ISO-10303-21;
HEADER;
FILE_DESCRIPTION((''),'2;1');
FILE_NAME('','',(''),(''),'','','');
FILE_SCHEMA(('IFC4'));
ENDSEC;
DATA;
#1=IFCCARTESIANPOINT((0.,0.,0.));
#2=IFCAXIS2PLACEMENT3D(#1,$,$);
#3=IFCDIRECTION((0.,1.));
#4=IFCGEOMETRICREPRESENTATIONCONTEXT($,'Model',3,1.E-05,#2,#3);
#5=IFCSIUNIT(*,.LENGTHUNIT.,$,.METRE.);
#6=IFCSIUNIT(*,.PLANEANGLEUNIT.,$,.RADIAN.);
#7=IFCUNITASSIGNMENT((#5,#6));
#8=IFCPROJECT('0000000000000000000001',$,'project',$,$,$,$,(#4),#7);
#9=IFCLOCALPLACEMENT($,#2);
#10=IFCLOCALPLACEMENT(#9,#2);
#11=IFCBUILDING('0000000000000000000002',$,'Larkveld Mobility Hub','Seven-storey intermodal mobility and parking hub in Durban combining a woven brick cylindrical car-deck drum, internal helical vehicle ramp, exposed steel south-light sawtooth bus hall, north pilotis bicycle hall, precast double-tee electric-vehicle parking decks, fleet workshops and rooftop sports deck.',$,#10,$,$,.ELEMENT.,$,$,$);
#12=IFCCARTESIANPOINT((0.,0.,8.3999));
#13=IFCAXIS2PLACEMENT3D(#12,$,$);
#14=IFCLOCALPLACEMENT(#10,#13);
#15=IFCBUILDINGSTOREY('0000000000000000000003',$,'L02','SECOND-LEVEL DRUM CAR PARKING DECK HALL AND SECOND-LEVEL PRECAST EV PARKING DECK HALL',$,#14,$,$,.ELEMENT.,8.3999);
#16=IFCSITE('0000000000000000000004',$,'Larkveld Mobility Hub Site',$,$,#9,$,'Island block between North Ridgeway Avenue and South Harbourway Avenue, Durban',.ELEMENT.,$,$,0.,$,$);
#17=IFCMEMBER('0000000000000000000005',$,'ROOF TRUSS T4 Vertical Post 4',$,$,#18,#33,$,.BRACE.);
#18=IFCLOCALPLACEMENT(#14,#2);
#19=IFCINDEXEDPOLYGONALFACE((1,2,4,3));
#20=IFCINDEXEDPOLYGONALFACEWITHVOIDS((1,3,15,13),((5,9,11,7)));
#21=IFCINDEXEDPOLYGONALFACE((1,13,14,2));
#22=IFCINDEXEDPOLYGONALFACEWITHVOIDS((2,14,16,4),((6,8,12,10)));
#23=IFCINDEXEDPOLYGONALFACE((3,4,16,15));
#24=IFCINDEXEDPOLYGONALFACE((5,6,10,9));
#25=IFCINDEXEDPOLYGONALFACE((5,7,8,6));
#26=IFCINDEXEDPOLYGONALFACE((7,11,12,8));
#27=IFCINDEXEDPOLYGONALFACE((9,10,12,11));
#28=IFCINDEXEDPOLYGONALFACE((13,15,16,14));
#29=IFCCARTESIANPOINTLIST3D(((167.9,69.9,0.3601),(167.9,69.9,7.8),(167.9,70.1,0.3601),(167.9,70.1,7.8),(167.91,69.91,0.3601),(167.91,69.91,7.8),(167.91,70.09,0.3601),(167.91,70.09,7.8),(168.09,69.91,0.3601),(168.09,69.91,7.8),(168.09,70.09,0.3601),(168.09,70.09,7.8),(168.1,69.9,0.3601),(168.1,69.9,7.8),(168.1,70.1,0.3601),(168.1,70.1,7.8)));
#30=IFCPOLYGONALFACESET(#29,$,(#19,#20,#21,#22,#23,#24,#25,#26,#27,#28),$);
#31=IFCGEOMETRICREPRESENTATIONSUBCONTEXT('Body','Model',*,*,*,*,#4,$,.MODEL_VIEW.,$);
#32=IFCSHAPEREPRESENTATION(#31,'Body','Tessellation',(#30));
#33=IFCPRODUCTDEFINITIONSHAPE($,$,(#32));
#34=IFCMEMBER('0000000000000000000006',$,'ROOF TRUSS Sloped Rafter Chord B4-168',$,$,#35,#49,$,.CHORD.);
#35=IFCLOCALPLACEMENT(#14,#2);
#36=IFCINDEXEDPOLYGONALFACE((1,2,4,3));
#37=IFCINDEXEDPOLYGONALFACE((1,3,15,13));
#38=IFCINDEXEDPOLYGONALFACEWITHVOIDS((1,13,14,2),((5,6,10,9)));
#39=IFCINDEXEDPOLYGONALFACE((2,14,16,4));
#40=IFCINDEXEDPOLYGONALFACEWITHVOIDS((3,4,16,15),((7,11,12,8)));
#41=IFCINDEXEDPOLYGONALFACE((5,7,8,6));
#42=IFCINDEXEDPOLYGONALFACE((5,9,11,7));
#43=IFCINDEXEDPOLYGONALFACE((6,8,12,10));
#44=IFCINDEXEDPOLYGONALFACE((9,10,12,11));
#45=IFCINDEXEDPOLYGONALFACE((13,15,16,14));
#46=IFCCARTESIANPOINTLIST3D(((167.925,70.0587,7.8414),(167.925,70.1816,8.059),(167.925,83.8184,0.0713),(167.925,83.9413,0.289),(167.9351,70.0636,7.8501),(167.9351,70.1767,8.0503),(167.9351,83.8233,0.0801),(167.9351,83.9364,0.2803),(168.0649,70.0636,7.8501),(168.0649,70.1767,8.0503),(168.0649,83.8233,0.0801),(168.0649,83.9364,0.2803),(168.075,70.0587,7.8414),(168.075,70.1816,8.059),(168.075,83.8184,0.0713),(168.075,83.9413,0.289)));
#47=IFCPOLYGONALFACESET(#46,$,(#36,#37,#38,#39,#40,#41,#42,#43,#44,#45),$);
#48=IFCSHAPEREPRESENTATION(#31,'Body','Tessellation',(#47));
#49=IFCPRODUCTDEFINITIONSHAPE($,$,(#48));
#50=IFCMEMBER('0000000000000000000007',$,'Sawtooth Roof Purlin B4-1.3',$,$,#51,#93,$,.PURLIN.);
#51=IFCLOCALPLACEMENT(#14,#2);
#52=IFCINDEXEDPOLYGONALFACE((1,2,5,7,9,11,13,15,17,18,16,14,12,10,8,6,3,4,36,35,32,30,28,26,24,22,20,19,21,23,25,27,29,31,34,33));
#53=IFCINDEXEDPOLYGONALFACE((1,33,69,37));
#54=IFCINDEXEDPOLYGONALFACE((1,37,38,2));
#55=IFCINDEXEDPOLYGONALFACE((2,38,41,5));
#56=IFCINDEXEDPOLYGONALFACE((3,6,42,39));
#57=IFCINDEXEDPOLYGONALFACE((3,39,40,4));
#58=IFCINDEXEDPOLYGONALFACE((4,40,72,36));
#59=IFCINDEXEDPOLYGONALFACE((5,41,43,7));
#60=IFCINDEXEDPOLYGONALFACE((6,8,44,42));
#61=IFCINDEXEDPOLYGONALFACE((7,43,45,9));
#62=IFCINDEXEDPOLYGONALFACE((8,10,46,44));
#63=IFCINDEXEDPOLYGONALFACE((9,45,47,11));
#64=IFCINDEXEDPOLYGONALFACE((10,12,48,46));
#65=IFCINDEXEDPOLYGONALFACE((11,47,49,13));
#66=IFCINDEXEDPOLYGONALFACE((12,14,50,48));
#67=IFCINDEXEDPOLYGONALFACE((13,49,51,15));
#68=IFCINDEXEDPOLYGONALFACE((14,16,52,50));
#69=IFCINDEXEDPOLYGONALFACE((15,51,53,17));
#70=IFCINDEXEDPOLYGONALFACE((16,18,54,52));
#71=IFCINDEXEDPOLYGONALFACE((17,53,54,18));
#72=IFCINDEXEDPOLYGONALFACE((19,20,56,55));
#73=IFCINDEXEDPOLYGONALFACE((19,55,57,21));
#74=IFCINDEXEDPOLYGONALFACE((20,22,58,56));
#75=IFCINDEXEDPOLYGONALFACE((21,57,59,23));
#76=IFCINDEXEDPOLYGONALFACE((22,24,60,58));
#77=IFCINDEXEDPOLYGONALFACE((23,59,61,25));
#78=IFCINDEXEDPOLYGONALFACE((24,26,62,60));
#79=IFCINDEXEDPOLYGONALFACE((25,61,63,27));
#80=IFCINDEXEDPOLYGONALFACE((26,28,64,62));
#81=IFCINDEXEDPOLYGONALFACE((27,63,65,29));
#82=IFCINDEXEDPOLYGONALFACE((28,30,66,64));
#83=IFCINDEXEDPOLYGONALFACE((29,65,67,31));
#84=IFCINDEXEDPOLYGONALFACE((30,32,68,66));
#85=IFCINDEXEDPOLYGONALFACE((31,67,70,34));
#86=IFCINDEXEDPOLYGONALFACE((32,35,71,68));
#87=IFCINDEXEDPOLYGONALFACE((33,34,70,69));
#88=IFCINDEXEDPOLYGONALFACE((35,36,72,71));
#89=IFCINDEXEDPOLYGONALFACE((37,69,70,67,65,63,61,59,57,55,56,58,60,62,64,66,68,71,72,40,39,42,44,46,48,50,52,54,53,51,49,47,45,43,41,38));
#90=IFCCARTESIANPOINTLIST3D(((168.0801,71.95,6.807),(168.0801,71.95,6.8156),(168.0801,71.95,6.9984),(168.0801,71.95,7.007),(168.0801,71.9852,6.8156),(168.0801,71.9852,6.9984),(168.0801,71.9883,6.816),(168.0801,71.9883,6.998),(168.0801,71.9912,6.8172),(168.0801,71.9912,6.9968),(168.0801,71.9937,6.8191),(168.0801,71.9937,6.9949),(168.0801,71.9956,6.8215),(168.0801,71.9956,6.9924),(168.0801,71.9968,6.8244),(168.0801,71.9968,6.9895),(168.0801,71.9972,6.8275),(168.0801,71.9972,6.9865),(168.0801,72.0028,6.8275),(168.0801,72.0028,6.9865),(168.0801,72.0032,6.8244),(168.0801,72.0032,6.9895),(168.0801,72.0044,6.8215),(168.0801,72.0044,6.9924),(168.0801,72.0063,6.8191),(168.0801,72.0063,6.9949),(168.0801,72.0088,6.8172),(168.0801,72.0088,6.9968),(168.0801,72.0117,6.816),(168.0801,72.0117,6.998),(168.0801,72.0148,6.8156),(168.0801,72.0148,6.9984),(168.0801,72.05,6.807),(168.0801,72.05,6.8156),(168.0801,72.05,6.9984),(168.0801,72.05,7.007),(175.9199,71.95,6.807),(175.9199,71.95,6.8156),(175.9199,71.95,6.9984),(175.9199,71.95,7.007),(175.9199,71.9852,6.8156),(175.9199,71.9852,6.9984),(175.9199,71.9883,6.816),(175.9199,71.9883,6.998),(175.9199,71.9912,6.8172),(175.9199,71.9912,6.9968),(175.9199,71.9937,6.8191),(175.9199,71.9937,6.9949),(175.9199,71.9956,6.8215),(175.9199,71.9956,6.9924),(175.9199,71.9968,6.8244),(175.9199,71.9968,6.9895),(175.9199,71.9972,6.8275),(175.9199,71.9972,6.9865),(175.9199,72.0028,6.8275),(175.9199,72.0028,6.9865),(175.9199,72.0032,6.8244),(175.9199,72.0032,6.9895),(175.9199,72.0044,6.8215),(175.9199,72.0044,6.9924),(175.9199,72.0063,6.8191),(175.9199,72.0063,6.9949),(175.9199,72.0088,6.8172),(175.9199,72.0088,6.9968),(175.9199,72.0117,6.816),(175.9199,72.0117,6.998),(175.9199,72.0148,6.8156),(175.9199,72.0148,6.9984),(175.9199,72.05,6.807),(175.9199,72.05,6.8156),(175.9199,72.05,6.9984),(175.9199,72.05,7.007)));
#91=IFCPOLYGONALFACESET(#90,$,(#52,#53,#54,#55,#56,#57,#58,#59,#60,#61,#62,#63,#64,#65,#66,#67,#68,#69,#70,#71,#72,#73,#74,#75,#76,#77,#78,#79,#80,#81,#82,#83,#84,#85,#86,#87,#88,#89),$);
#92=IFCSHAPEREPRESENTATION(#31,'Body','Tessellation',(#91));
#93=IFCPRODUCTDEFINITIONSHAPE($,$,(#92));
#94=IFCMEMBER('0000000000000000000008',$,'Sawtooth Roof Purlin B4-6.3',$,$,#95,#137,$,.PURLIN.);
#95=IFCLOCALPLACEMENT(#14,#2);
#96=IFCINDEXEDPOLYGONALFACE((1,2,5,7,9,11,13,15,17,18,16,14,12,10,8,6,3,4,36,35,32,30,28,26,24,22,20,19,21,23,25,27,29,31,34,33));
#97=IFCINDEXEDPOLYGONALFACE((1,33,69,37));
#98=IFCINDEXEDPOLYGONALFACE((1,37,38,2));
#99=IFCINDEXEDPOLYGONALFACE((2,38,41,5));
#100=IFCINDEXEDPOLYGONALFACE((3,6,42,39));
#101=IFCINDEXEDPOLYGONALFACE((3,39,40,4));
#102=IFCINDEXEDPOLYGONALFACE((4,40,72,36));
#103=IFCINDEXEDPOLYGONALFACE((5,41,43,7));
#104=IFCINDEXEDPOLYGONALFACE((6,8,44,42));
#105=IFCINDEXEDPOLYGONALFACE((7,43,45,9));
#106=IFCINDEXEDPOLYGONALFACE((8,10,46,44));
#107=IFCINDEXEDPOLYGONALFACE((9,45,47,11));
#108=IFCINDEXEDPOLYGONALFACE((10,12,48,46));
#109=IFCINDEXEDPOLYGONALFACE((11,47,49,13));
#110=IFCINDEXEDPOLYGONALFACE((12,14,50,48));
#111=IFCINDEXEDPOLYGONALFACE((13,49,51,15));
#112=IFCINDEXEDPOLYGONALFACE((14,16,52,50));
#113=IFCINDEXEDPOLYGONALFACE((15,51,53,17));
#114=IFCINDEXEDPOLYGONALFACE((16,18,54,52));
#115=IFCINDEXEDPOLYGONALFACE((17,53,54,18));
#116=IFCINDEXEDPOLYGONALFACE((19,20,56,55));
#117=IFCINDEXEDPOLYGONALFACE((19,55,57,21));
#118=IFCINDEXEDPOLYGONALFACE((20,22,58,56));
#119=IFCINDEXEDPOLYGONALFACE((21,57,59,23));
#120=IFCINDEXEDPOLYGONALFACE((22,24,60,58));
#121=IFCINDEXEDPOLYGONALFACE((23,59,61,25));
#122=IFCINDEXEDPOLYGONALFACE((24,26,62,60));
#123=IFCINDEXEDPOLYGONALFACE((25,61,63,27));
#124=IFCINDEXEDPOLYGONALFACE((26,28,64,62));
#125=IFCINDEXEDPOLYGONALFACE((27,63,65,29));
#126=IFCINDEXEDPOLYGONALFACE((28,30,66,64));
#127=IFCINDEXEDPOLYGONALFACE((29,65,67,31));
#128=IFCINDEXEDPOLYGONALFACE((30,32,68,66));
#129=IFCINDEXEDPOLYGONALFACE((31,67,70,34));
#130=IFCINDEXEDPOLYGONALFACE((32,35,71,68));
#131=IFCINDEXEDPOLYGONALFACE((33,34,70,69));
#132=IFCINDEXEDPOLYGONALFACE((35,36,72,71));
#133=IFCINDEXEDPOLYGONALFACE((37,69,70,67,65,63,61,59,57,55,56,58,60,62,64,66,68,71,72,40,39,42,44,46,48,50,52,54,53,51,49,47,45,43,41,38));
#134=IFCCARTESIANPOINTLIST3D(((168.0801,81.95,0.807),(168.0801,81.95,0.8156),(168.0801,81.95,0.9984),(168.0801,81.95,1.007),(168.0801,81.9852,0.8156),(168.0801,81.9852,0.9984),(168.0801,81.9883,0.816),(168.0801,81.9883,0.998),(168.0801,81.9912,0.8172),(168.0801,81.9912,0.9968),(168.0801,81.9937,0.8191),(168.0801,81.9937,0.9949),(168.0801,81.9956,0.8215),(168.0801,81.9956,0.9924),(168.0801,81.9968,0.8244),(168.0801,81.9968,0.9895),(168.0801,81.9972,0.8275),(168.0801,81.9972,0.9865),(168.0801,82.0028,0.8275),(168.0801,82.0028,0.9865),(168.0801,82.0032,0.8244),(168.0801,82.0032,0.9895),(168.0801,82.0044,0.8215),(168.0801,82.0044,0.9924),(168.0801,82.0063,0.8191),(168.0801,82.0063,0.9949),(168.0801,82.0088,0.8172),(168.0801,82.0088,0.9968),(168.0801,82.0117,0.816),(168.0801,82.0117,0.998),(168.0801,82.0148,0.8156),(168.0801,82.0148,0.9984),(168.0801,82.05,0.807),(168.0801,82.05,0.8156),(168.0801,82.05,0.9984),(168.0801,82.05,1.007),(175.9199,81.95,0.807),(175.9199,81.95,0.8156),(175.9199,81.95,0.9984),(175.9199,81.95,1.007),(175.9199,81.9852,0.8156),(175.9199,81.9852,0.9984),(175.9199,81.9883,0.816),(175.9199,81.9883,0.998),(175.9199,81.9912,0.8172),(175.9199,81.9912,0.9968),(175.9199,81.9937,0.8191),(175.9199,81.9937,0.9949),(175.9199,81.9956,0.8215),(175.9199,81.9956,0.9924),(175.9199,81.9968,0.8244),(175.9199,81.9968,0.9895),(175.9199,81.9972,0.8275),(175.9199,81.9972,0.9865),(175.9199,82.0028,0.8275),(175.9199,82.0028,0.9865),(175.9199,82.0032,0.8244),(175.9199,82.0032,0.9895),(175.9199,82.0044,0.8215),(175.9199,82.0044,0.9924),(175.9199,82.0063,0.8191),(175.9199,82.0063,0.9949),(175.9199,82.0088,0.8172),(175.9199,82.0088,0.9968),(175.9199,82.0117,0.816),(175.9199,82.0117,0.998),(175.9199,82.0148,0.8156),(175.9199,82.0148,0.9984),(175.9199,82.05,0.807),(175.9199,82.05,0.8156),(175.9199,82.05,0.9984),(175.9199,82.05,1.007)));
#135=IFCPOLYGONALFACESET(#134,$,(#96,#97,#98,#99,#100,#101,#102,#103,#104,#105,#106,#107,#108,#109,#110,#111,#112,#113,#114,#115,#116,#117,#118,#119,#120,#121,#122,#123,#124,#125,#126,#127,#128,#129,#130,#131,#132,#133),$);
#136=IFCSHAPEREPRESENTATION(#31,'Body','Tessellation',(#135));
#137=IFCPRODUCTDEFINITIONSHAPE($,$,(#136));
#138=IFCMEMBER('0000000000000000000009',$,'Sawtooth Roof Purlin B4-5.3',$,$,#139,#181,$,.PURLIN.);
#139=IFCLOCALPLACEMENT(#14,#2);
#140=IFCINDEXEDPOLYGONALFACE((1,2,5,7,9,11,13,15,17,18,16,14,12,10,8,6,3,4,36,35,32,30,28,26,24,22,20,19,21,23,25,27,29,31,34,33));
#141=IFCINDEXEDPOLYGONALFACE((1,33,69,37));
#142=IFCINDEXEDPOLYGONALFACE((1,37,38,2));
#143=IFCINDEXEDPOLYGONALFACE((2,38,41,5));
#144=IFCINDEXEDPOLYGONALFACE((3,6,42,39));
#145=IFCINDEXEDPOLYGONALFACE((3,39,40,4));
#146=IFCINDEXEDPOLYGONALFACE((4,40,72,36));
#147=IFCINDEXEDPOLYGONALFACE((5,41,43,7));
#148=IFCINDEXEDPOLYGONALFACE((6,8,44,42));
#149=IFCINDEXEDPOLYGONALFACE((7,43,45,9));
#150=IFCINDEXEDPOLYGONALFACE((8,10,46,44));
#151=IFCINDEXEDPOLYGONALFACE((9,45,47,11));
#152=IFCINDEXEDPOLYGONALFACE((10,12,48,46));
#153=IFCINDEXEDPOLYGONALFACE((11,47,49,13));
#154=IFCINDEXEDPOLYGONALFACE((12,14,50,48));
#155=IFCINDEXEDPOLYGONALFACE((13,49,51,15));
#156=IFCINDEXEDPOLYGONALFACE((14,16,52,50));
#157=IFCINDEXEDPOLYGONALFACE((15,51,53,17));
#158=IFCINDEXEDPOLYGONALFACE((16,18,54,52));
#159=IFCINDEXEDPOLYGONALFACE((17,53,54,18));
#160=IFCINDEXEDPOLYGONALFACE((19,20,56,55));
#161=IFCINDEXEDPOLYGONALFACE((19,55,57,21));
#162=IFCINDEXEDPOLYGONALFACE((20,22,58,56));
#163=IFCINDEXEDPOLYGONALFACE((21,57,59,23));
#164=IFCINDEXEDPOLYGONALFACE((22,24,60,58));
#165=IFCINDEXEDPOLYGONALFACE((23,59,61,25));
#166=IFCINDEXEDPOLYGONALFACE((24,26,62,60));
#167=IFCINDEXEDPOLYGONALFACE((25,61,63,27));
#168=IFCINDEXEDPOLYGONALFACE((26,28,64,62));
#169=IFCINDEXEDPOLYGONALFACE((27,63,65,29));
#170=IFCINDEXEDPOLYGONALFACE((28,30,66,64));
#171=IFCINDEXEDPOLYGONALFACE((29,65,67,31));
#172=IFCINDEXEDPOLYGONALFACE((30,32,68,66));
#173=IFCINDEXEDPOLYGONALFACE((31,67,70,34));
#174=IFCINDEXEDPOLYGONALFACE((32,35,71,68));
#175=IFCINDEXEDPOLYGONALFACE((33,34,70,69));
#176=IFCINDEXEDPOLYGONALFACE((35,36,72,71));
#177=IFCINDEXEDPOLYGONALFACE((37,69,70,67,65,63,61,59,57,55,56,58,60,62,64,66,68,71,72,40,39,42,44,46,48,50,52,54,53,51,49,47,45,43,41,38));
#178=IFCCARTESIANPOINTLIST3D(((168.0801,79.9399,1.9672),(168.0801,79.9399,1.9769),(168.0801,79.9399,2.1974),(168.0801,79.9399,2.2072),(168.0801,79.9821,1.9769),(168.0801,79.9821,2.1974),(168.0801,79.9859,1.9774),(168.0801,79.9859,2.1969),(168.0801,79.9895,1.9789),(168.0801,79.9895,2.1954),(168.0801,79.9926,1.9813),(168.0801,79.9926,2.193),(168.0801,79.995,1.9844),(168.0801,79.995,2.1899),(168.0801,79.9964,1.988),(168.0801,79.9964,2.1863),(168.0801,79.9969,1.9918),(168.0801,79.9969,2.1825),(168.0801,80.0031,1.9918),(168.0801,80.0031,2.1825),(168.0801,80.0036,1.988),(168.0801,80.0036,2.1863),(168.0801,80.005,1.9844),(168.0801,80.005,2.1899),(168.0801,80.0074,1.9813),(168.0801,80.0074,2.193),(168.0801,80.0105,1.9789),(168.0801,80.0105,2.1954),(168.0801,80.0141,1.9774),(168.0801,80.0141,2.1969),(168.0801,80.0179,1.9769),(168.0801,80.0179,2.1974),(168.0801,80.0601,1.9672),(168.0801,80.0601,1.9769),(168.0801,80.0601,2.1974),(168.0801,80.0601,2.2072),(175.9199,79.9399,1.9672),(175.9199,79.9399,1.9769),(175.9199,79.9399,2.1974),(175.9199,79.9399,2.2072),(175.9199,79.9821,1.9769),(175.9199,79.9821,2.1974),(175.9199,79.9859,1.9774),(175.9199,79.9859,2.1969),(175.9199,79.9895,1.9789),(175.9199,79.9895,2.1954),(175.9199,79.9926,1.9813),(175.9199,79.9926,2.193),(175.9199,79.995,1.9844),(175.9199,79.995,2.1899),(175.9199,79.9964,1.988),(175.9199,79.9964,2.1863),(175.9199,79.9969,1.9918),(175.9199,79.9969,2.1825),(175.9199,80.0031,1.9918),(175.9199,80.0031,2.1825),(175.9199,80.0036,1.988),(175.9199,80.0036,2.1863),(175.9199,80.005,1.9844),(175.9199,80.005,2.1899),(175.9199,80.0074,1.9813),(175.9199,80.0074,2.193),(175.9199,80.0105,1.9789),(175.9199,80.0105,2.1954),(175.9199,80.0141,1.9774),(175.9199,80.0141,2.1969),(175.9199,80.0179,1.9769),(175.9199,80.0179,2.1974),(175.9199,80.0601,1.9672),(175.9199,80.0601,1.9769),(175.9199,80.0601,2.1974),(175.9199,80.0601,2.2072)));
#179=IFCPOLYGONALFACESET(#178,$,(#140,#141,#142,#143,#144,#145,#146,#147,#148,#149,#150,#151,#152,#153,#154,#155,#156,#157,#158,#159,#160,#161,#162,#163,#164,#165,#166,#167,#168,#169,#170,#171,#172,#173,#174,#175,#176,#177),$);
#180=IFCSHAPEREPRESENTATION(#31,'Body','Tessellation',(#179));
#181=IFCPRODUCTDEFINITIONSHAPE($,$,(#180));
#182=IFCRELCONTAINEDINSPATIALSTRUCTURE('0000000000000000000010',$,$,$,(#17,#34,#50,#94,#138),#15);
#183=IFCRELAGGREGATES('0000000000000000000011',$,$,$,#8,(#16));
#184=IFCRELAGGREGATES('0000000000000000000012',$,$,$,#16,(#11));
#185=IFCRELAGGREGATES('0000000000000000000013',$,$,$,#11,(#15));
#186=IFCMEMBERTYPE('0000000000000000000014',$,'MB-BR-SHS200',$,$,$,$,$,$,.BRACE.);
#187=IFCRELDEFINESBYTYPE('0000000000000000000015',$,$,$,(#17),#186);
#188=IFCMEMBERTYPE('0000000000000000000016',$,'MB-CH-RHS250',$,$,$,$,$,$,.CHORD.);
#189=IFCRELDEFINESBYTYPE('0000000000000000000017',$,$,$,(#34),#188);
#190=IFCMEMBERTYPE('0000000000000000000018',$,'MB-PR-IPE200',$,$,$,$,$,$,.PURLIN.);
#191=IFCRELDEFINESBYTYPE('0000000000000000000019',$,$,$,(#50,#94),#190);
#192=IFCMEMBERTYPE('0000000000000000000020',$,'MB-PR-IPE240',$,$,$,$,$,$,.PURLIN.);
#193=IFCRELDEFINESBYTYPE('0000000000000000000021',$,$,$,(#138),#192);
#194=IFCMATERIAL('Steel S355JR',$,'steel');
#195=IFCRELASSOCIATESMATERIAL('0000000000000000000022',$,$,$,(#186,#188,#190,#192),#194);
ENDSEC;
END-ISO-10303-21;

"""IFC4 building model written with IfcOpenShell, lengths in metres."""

from ifc_helpers import new_model, si_unit, direction, frame, origin, origin_2d, place, context, subcontext, project, spatial, hollow_rectangle, i_section, extrude, material, material_profile, profile_set, type_object, element, save


model = new_model("IFC4")

# Units and contexts
model_context = context("Model", 3, precision=1e-05, world=origin(), true_north=direction((0.0, 1.0)))
body_context = subcontext(model_context, "Body", "Model", "MODEL_VIEW")
ifc_project = project(units=[si_unit("LENGTHUNIT", "METRE"), si_unit("PLANEANGLEUNIT", "RADIAN")], contexts=[model_context])

# Site, building, storey
site_placement = place(None, origin())
site = spatial("IfcSite", under=ifc_project, at=site_placement, Name="Larkveld Mobility Hub Site", LongName="Island block between North Ridgeway Avenue and South Harbourway Avenue, Durban", CompositionType="ELEMENT", RefElevation=0.0)
building_placement = place(site_placement, origin())
building = spatial("IfcBuilding", under=site, at=building_placement, Name="Larkveld Mobility Hub", Description="Seven-storey intermodal mobility and parking hub in Durban combining a woven brick cylindrical car-deck drum, internal helical vehicle ramp, exposed steel south-light sawtooth bus hall, north pilotis bicycle hall, precast double-tee electric-vehicle parking decks, fleet workshops and rooftop sports deck.", CompositionType="ELEMENT")
storey_placement = place(building_placement, frame((0.0, 0.0, 8.3999)))
storey = spatial("IfcBuildingStorey", under=building, at=storey_placement, Name="L02", Description="SECOND-LEVEL DRUM CAR PARKING DECK HALL AND SECOND-LEVEL PRECAST EV PARKING DECK HALL", CompositionType="ELEMENT", Elevation=8.3999)

# Members
ifc_material_1 = material(Name="Steel S355JR", Category="steel")
ifc_material_profile_1 = material_profile(ifc_material_1, hollow_rectangle(XDim=0.2, YDim=0.2, WallThickness=0.01, at=origin_2d()), Name="SHS 200x200x10")
ifc_profile_set_1 = profile_set([ifc_material_profile_1], Name="Steel S355JR")
member_type_1 = type_object("IfcMemberType", Name="MB-BR-SHS200", PredefinedType="BRACE", material=ifc_profile_set_1)
member_1_placement = place(storey_placement, frame((168.0, 70.0, 0.3601), z_axis=(0.0, 0.0, 1.0), x_axis=(1.0, 0.0, 0.0)))
element("IfcMember", 1, at=member_1_placement, inside=storey, type_object=member_type_1, Name="ROOF TRUSS T4 Vertical Post 4", PredefinedType="BRACE", context=body_context, shape_type="SweptSolid", body=[
    extrude(hollow_rectangle(XDim=0.2, YDim=0.2, WallThickness=0.01, at=origin_2d()), origin(), (0.0, 0.0, 1.0), 7.4399),
])
ifc_material_profile_2 = material_profile(ifc_material_1, hollow_rectangle(XDim=0.1499, YDim=0.25, WallThickness=0.01, at=origin_2d()), Name="RHS 250x150x10")
ifc_profile_set_2 = profile_set([ifc_material_profile_2], Name="Steel S355JR")
member_type_2 = type_object("IfcMemberType", Name="MB-CH-RHS250", PredefinedType="CHORD", material=ifc_profile_set_2)
member_2_placement = place(storey_placement, frame((168.0, 70.1201, 7.9502), z_axis=(0.0, 0.870759, -0.49171), x_axis=(-1.0, 0.0, 0.0)))
element("IfcMember", 2, at=member_2_placement, inside=storey, type_object=member_type_2, Name="ROOF TRUSS Sloped Rafter Chord B4-168", PredefinedType="CHORD", context=body_context, shape_type="SweptSolid", body=[
    extrude(hollow_rectangle(XDim=0.1499, YDim=0.25, WallThickness=0.01, at=origin_2d()), origin(), (0.0, 0.0, 1.0), 15.802),
])
ifc_material_profile_3 = material_profile(ifc_material_1, i_section(OverallWidth=0.1001, OverallDepth=0.2, WebThickness=0.0056, FlangeThickness=0.0085, FilletRadius=0.012, at=origin_2d()), Name="IPE 200")
ifc_profile_set_3 = profile_set([ifc_material_profile_3], Name="Steel S355JR")
member_type_3 = type_object("IfcMemberType", Name="MB-PR-IPE200", PredefinedType="PURLIN", material=ifc_profile_set_3)
for number, where, z_axis, x_axis, name in (
    (3, (168.0801, 72.0, 6.907), (1.0, 0.0, 0.0), (0.0, 1.0, 0.0), "Sawtooth Roof Purlin B4-1.3"),
    (4, (168.0801, 82.0, 0.907), (1.0, 0.0, 0.0), (0.0, 1.0, 0.0), "Sawtooth Roof Purlin B4-6.3"),
):
    element("IfcMember", number, at=place(storey_placement, frame(where, z_axis=z_axis, x_axis=x_axis)), inside=storey, type_object=member_type_3, Name=name, PredefinedType="PURLIN", context=body_context, shape_type="SweptSolid", body=[
        extrude(i_section(OverallWidth=0.1001, OverallDepth=0.2, WebThickness=0.0056, FlangeThickness=0.0085, FilletRadius=0.012, at=origin_2d()), origin(), (0.0, 0.0, 1.0), 7.8398),
    ])
ifc_material_profile_4 = material_profile(ifc_material_1, i_section(OverallWidth=0.1201, OverallDepth=0.24, WebThickness=0.0061, FlangeThickness=0.0098, FilletRadius=0.0149, at=origin_2d()), Name="IPE 240")
ifc_profile_set_4 = profile_set([ifc_material_profile_4], Name="Steel S355JR")
member_type_4 = type_object("IfcMemberType", Name="MB-PR-IPE240", PredefinedType="PURLIN", material=ifc_profile_set_4)
member_3_placement = place(storey_placement, frame((168.0801, 80.0, 2.0872), z_axis=(1.0, 0.0, 0.0), x_axis=(0.0, 1.0, 0.0)))
element("IfcMember", 5, at=member_3_placement, inside=storey, type_object=member_type_4, Name="Sawtooth Roof Purlin B4-5.3", PredefinedType="PURLIN", context=body_context, shape_type="SweptSolid", body=[
    extrude(i_section(OverallWidth=0.1201, OverallDepth=0.24, WebThickness=0.0061, FlangeThickness=0.0098, FilletRadius=0.0149, at=origin_2d()), origin(), (0.0, 0.0, 1.0), 7.8398),
])

save(model, "model.ifc")
